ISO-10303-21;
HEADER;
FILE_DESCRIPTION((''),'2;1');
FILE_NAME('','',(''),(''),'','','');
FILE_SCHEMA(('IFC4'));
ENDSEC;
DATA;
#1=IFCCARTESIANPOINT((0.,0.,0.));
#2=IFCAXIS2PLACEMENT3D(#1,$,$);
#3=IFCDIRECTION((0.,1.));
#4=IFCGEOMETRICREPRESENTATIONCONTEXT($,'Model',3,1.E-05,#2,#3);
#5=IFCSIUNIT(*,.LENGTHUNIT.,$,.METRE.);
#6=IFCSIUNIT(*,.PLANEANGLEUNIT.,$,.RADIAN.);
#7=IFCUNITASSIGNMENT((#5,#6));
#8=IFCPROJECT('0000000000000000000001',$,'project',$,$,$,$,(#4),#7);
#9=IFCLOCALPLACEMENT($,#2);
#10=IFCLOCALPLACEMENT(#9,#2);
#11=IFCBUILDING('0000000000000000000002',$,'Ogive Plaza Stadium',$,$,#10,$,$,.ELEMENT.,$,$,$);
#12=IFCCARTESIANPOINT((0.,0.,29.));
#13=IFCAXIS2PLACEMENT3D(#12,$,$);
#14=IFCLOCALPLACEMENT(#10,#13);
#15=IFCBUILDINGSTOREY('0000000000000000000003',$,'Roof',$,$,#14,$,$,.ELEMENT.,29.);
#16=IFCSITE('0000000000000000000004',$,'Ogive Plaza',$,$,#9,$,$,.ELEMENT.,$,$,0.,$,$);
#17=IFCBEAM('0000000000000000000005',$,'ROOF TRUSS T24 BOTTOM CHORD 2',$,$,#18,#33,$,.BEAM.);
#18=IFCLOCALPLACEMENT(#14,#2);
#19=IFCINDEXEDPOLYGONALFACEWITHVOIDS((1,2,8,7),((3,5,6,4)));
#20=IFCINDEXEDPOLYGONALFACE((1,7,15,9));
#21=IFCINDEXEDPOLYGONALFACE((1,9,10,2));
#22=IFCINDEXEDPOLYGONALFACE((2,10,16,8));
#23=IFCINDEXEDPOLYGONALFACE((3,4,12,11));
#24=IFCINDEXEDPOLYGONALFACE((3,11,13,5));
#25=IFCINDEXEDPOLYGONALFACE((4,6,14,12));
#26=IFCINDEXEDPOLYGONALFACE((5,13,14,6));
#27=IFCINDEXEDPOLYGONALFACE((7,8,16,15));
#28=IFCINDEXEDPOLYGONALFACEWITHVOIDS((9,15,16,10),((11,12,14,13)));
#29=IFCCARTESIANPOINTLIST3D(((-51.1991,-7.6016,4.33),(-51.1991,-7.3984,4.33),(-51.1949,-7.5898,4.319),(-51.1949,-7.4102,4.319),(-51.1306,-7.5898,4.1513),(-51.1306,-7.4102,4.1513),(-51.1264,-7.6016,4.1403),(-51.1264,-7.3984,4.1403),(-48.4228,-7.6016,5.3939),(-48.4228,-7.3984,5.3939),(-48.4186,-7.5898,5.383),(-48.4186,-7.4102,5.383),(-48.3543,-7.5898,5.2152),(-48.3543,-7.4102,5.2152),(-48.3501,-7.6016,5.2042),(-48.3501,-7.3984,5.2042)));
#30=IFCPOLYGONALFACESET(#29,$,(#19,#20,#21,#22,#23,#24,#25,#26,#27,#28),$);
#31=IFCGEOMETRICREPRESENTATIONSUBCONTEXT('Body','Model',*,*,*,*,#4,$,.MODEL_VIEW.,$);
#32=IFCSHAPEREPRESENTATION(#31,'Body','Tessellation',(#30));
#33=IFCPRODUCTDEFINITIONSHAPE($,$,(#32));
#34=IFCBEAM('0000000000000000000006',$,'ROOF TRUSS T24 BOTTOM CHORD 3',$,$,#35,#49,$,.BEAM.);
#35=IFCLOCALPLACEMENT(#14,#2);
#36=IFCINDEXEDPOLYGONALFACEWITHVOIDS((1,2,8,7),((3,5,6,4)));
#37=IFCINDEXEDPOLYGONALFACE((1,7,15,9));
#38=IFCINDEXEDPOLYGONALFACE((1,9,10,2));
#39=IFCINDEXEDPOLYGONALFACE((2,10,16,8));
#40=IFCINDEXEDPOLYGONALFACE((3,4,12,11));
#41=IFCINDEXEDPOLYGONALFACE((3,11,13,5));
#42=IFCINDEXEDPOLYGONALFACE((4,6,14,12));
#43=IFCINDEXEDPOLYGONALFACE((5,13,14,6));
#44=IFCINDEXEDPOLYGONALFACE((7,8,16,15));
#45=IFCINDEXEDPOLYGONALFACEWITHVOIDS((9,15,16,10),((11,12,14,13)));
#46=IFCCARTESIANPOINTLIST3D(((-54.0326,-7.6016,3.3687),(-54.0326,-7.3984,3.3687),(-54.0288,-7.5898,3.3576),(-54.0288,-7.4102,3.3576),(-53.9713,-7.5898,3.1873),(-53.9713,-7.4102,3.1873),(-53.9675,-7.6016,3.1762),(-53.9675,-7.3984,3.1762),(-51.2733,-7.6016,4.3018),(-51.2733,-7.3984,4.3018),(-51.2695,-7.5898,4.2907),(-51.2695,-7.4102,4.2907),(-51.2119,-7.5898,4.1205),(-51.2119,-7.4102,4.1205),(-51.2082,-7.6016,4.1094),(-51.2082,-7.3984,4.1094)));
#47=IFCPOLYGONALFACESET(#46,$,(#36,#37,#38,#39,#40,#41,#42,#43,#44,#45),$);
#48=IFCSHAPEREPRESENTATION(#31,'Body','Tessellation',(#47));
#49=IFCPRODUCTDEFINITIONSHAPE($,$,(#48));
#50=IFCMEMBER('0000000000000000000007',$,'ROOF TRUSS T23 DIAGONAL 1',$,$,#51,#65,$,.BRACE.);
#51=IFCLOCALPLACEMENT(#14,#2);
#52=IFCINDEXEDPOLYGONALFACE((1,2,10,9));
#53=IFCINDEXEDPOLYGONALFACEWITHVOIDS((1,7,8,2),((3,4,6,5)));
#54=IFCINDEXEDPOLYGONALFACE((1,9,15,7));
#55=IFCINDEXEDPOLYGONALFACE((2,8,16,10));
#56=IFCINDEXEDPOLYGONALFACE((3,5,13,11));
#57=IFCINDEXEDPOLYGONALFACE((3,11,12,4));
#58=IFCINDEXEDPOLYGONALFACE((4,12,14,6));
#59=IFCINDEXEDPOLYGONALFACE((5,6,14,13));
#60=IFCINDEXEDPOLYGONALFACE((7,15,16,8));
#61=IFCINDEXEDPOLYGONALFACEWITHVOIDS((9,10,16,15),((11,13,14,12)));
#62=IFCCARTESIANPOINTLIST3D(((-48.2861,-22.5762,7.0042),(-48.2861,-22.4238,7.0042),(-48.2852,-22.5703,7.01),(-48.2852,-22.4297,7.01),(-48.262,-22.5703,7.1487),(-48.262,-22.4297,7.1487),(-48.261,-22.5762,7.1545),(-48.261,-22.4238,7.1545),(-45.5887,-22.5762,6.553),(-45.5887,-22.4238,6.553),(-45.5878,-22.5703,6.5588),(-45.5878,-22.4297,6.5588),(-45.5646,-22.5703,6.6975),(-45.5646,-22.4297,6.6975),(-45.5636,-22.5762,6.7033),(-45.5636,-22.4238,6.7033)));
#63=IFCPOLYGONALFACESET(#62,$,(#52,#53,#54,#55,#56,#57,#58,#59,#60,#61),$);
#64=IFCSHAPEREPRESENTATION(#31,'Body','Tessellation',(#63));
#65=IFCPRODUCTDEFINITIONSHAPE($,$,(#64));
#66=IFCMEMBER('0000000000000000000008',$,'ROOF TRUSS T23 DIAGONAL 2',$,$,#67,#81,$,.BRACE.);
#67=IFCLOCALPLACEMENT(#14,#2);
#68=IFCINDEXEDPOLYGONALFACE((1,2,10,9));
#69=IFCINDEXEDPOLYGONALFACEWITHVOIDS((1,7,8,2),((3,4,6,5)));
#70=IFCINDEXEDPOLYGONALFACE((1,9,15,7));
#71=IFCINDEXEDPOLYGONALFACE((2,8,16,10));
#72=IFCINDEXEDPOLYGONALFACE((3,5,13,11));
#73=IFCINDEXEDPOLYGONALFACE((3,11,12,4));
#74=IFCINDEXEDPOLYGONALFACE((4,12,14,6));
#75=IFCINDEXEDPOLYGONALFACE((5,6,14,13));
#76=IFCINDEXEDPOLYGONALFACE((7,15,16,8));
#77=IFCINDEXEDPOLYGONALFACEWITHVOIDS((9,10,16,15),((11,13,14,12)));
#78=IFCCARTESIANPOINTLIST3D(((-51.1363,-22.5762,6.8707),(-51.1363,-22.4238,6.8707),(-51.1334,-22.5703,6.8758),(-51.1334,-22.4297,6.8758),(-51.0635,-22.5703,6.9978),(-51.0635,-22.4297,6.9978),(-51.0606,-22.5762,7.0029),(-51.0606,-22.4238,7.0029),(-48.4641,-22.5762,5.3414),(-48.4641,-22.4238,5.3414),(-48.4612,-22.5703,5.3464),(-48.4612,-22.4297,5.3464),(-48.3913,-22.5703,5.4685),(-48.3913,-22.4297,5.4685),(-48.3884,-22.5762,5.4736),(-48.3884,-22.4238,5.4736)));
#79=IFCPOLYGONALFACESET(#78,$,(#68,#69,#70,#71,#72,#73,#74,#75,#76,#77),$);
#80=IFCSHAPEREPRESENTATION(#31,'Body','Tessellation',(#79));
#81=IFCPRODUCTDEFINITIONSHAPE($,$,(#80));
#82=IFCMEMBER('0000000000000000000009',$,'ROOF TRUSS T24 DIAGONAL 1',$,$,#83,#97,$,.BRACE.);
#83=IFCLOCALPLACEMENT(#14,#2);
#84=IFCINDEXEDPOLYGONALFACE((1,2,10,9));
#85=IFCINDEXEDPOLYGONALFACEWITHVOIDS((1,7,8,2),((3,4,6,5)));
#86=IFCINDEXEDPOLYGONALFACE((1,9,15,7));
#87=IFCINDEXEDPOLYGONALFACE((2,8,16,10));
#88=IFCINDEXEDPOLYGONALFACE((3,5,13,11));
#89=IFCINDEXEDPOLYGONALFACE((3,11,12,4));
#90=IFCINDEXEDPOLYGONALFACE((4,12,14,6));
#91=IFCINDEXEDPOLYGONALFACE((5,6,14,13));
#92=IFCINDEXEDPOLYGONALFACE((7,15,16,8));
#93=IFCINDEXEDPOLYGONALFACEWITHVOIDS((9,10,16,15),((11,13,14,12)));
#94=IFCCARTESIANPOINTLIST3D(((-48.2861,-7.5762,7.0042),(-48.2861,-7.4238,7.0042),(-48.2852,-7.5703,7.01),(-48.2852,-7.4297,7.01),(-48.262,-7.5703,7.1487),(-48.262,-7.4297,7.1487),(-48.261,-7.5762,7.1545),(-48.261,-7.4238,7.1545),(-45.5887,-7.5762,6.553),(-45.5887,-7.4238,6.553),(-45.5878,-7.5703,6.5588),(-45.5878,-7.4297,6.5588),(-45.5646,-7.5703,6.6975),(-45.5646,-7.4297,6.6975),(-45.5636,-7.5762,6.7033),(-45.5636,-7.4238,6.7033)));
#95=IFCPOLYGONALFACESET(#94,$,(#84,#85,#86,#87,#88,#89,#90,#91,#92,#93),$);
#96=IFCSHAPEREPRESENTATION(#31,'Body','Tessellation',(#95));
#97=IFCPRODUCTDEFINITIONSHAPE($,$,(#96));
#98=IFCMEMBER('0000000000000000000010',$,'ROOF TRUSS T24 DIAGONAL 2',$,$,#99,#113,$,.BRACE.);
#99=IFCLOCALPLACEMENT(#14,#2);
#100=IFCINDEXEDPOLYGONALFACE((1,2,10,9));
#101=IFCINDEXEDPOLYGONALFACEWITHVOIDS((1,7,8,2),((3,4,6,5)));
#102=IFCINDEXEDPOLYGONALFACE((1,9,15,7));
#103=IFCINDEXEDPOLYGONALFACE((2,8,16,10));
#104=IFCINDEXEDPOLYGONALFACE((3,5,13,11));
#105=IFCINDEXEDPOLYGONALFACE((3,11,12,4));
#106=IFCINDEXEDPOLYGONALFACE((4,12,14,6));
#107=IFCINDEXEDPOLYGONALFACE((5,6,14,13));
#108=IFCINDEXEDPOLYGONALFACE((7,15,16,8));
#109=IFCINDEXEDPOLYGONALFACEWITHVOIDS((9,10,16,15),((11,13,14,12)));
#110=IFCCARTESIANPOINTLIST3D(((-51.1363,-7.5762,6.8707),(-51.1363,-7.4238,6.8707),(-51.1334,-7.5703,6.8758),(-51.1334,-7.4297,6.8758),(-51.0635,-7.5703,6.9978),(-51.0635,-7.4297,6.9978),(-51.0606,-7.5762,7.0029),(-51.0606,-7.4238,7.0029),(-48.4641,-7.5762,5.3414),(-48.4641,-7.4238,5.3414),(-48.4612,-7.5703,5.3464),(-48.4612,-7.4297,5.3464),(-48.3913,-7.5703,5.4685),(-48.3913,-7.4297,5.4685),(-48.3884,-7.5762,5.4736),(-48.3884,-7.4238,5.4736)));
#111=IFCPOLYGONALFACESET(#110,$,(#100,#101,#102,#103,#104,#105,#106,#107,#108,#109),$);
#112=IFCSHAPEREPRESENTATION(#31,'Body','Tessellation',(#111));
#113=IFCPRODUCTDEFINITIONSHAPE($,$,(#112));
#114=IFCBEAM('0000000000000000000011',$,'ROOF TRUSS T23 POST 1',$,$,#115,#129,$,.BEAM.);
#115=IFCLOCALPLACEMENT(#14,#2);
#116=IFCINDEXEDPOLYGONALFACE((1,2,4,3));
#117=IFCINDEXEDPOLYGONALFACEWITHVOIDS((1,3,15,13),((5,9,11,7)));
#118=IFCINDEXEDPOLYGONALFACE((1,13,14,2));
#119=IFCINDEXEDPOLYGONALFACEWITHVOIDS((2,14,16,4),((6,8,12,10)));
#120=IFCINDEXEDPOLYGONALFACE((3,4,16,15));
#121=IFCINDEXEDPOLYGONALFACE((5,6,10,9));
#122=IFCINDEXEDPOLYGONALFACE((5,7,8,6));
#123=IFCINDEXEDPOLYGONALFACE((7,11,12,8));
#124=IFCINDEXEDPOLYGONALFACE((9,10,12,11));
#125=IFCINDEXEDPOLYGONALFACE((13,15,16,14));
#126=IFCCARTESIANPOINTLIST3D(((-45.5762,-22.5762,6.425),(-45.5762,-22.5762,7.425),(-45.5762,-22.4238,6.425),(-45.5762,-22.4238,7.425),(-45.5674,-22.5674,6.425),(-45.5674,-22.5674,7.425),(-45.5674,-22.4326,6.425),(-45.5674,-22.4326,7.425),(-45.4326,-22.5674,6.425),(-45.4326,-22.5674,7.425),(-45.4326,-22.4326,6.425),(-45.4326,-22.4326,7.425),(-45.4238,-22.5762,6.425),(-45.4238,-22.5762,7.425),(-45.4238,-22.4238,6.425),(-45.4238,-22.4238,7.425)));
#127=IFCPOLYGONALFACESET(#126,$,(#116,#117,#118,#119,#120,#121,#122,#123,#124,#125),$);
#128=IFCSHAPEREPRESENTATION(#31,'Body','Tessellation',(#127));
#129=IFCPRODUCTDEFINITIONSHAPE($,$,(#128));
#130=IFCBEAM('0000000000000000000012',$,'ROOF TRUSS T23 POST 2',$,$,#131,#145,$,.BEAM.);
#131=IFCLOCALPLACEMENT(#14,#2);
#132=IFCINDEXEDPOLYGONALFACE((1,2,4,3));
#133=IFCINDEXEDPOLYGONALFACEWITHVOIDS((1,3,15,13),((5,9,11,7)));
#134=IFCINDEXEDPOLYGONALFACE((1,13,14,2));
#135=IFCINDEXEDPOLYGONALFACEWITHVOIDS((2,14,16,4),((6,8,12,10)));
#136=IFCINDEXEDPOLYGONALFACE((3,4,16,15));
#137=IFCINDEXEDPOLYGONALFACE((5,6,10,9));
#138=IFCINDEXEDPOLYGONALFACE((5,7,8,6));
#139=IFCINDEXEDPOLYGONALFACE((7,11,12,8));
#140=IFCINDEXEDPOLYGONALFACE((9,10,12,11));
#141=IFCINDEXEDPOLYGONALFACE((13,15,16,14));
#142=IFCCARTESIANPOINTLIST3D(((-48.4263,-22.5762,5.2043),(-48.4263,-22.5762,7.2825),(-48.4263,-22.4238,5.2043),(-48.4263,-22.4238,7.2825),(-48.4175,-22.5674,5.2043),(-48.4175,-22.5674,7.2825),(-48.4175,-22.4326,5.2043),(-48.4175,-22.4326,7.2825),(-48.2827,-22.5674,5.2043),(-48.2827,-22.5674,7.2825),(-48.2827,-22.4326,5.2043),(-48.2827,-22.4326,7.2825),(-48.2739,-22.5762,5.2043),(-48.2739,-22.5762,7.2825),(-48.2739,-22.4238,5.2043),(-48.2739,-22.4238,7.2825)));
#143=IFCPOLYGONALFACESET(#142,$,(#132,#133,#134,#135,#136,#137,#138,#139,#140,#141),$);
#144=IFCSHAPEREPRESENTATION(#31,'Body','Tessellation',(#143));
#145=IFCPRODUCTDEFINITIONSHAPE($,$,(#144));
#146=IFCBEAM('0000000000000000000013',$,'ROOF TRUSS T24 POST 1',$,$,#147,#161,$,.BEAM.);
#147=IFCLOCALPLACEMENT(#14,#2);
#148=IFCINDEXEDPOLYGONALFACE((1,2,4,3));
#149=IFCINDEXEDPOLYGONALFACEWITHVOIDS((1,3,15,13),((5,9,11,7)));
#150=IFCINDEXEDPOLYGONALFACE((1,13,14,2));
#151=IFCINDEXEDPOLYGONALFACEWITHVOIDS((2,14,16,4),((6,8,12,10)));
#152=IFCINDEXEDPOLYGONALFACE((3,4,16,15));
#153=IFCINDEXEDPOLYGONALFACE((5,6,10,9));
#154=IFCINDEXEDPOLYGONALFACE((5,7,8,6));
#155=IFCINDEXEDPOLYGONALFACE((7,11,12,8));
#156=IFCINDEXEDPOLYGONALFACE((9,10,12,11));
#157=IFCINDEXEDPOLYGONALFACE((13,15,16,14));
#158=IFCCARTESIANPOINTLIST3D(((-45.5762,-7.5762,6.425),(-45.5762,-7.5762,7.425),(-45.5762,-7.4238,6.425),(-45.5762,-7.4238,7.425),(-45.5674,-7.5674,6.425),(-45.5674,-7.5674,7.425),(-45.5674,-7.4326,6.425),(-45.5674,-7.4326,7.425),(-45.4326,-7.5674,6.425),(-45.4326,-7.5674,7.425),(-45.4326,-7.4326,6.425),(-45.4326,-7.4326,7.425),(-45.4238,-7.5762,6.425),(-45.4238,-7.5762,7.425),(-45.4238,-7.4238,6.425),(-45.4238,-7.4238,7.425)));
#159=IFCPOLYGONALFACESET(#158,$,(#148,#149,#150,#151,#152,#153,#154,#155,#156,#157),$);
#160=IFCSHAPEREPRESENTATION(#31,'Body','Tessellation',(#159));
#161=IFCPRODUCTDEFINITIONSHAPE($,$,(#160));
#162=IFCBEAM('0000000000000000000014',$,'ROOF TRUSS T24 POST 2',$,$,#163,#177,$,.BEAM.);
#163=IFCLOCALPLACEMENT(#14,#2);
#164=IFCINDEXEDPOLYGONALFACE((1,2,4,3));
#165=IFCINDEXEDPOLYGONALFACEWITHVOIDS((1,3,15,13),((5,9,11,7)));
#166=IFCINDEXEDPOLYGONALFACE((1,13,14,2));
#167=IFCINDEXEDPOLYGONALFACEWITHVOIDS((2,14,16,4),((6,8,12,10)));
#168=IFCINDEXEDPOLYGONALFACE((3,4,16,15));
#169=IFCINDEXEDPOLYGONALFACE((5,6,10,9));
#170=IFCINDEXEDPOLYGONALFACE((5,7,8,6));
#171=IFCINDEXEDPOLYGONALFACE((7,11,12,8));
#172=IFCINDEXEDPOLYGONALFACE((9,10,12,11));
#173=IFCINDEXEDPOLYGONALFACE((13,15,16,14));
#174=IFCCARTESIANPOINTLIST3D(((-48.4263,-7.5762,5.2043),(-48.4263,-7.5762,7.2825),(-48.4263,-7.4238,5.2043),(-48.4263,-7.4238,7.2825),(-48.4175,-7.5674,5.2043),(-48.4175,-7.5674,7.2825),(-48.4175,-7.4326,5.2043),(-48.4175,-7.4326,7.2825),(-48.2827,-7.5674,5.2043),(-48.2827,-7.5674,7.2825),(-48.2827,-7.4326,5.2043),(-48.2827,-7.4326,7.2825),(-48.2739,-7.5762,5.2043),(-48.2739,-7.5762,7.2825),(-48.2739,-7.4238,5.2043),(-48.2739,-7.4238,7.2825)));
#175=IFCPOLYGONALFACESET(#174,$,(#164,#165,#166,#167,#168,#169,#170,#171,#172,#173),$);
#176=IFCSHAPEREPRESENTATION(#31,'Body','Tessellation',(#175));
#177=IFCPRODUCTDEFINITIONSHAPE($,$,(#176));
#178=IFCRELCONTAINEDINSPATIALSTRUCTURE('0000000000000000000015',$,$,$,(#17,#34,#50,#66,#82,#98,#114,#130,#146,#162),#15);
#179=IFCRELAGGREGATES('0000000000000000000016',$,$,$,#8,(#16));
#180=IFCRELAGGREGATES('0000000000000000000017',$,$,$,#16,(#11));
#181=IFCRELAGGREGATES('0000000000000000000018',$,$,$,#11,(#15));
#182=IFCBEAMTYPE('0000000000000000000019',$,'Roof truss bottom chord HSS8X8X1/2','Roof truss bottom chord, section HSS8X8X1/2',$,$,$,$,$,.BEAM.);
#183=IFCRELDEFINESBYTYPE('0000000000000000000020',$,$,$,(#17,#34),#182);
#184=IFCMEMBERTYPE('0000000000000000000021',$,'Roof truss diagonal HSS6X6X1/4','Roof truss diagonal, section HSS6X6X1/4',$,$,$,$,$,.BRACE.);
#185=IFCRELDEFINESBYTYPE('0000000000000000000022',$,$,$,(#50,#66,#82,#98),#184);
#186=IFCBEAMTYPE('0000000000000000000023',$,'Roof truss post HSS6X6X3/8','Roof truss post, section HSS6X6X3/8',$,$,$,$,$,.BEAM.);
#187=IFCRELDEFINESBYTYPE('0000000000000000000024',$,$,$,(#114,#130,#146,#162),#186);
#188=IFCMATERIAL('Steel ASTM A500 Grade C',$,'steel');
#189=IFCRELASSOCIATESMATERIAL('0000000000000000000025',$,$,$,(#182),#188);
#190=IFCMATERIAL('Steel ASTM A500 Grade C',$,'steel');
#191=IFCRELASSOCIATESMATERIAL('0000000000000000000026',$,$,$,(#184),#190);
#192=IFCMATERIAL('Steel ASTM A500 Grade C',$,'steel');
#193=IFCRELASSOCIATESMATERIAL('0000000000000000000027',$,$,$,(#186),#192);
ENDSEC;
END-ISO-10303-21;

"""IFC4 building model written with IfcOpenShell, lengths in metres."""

from ifc_helpers import new_model, si_unit, direction, frame, origin, origin_2d, place, context, subcontext, project, spatial, hollow_rectangle, extrude, material, material_profile, profile_set, type_object, element, save


model = new_model("IFC4")

# Units and contexts
model_context = context("Model", 3, precision=1e-05, world=origin(), true_north=direction((0.0, 1.0)))
body_context = subcontext(model_context, "Body", "Model", "MODEL_VIEW")
ifc_project = project(units=[si_unit("LENGTHUNIT", "METRE"), si_unit("PLANEANGLEUNIT", "RADIAN")], contexts=[model_context])

# Site, building, storey
site_placement = place(None, origin())
site = spatial("IfcSite", under=ifc_project, at=site_placement, Name="Ogive Plaza", CompositionType="ELEMENT", RefElevation=0.0)
building_placement = place(site_placement, origin())
building = spatial("IfcBuilding", under=site, at=building_placement, Name="Ogive Plaza Stadium", CompositionType="ELEMENT")
storey_placement = place(building_placement, frame((0.0, 0.0, 29.0)))
storey = spatial("IfcBuildingStorey", under=building, at=storey_placement, Name="Roof", CompositionType="ELEMENT", Elevation=29.0)

# Beams
ifc_material_1 = material(Name="Steel ASTM A500 Grade C", Category="steel")
ifc_material_profile_1 = material_profile(ifc_material_1, hollow_rectangle(XDim=0.2031, YDim=0.2031, WallThickness=0.0117, at=origin_2d()), Name="HSS8X8X1/2")
ifc_profile_set_1 = profile_set([ifc_material_profile_1], Name="Steel ASTM A500 Grade C")
beam_type_1 = type_object("IfcBeamType", Name="Roof truss bottom chord HSS8X8X1/2", Description="Roof truss bottom chord, section HSS8X8X1/2", PredefinedType="BEAM", material=ifc_profile_set_1)
beam_1_placement = place(storey_placement, frame((-48.3865, -7.5, 5.2991), z_axis=(-0.933781, 0.0, -0.357845), x_axis=(0.0, -1.0, 0.0)))
element("IfcBeam", 1, at=beam_1_placement, inside=storey, type_object=beam_type_1, Name="ROOF TRUSS T24 BOTTOM CHORD 2", PredefinedType="BEAM", context=body_context, shape_type="SweptSolid", body=[
    extrude(hollow_rectangle(XDim=0.2031, YDim=0.2031, WallThickness=0.0117, at=origin_2d()), origin(), (0.0, 0.0, 1.0), 2.9731),
])
beam_2_placement = place(storey_placement, frame((-51.2407, -7.5, 4.2056), z_axis=(-0.9473, 0.0, -0.320349), x_axis=(0.0, -1.0, 0.0)))
element("IfcBeam", 2, at=beam_2_placement, inside=storey, type_object=beam_type_1, Name="ROOF TRUSS T24 BOTTOM CHORD 3", PredefinedType="BEAM", context=body_context, shape_type="SweptSolid", body=[
    extrude(hollow_rectangle(XDim=0.2031, YDim=0.2031, WallThickness=0.0117, at=origin_2d()), origin(), (0.0, 0.0, 1.0), 2.9128),
])

# Members
ifc_material_2 = material(Name="Steel ASTM A500 Grade C", Category="steel")
ifc_material_profile_2 = material_profile(ifc_material_2, hollow_rectangle(XDim=0.1523, YDim=0.1523, WallThickness=0.0059, at=origin_2d()), Name="HSS6X6X1/4")
ifc_profile_set_2 = profile_set([ifc_material_profile_2], Name="Steel ASTM A500 Grade C")
member_type_1 = type_object("IfcMemberType", Name="Roof truss diagonal HSS6X6X1/4", Description="Roof truss diagonal, section HSS6X6X1/4", PredefinedType="BRACE", material=ifc_profile_set_2)
member_1_placement = place(storey_placement, frame((-45.5762, -22.5, 6.6282), z_axis=(-0.9863, 0.0, 0.164964), x_axis=(0.0, -1.0, 0.0)))
element("IfcMember", 3, at=member_1_placement, inside=storey, type_object=member_type_1, Name="ROOF TRUSS T23 DIAGONAL 1", PredefinedType="BRACE", context=body_context, shape_type="SweptSolid", body=[
    extrude(hollow_rectangle(XDim=0.1523, YDim=0.1523, WallThickness=0.0059, at=origin_2d()), origin(), (0.0, 0.0, 1.0), 2.7349),
])
member_2_placement = place(storey_placement, frame((-48.4263, -22.5, 5.4075), z_axis=(-0.867911, 0.0, 0.49672), x_axis=(0.0, -1.0, 0.0)))
element("IfcMember", 4, at=member_2_placement, inside=storey, type_object=member_type_1, Name="ROOF TRUSS T23 DIAGONAL 2", PredefinedType="BRACE", context=body_context, shape_type="SweptSolid", body=[
    extrude(hollow_rectangle(XDim=0.1523, YDim=0.1523, WallThickness=0.0059, at=origin_2d()), origin(), (0.0, 0.0, 1.0), 3.0789),
])
member_3_placement = place(storey_placement, frame((-45.5762, -7.5, 6.6282), z_axis=(-0.9863, 0.0, 0.164964), x_axis=(0.0, -1.0, 0.0)))
element("IfcMember", 5, at=member_3_placement, inside=storey, type_object=member_type_1, Name="ROOF TRUSS T24 DIAGONAL 1", PredefinedType="BRACE", context=body_context, shape_type="SweptSolid", body=[
    extrude(hollow_rectangle(XDim=0.1523, YDim=0.1523, WallThickness=0.0059, at=origin_2d()), origin(), (0.0, 0.0, 1.0), 2.7349),
])
member_4_placement = place(storey_placement, frame((-48.4263, -7.5, 5.4075), z_axis=(-0.867911, 0.0, 0.49672), x_axis=(0.0, -1.0, 0.0)))
element("IfcMember", 6, at=member_4_placement, inside=storey, type_object=member_type_1, Name="ROOF TRUSS T24 DIAGONAL 2", PredefinedType="BRACE", context=body_context, shape_type="SweptSolid", body=[
    extrude(hollow_rectangle(XDim=0.1523, YDim=0.1523, WallThickness=0.0059, at=origin_2d()), origin(), (0.0, 0.0, 1.0), 3.0789),
])

# Beams
ifc_material_3 = material(Name="Steel ASTM A500 Grade C", Category="steel")
ifc_material_profile_3 = material_profile(ifc_material_3, hollow_rectangle(XDim=0.1523, YDim=0.1523, WallThickness=0.0088, at=origin_2d()), Name="HSS6X6X3/8")
ifc_profile_set_3 = profile_set([ifc_material_profile_3], Name="Steel ASTM A500 Grade C")
beam_type_2 = type_object("IfcBeamType", Name="Roof truss post HSS6X6X3/8", Description="Roof truss post, section HSS6X6X3/8", PredefinedType="BEAM", material=ifc_profile_set_3)
beam_3_placement = place(storey_placement, frame((-45.5, -22.5, 6.425), z_axis=(0.0, 0.0, 1.0), x_axis=(0.0, -1.0, 0.0)))
element("IfcBeam", 7, at=beam_3_placement, inside=storey, type_object=beam_type_2, Name="ROOF TRUSS T23 POST 1", PredefinedType="BEAM", context=body_context, shape_type="SweptSolid", body=[
    extrude(hollow_rectangle(XDim=0.1523, YDim=0.1523, WallThickness=0.0088, at=origin_2d()), origin(), (0.0, 0.0, 1.0), 1.0),
])
beam_4_placement = place(storey_placement, frame((-48.3501, -22.5, 5.2043), z_axis=(0.0, 0.0, 1.0), x_axis=(0.0, -1.0, 0.0)))
element("IfcBeam", 8, at=beam_4_placement, inside=storey, type_object=beam_type_2, Name="ROOF TRUSS T23 POST 2", PredefinedType="BEAM", context=body_context, shape_type="SweptSolid", body=[
    extrude(hollow_rectangle(XDim=0.1523, YDim=0.1523, WallThickness=0.0088, at=origin_2d()), origin(), (0.0, 0.0, 1.0), 2.0781),
])
beam_5_placement = place(storey_placement, frame((-45.5, -7.5, 6.425), z_axis=(0.0, 0.0, 1.0), x_axis=(0.0, -1.0, 0.0)))
element("IfcBeam", 9, at=beam_5_placement, inside=storey, type_object=beam_type_2, Name="ROOF TRUSS T24 POST 1", PredefinedType="BEAM", context=body_context, shape_type="SweptSolid", body=[
    extrude(hollow_rectangle(XDim=0.1523, YDim=0.1523, WallThickness=0.0088, at=origin_2d()), origin(), (0.0, 0.0, 1.0), 1.0),
])
beam_6_placement = place(storey_placement, frame((-48.3501, -7.5, 5.2043), z_axis=(0.0, 0.0, 1.0), x_axis=(0.0, -1.0, 0.0)))
element("IfcBeam", 10, at=beam_6_placement, inside=storey, type_object=beam_type_2, Name="ROOF TRUSS T24 POST 2", PredefinedType="BEAM", context=body_context, shape_type="SweptSolid", body=[
    extrude(hollow_rectangle(XDim=0.1523, YDim=0.1523, WallThickness=0.0088, at=origin_2d()), origin(), (0.0, 0.0, 1.0), 2.0781),
])

save(model, "model.ifc")
